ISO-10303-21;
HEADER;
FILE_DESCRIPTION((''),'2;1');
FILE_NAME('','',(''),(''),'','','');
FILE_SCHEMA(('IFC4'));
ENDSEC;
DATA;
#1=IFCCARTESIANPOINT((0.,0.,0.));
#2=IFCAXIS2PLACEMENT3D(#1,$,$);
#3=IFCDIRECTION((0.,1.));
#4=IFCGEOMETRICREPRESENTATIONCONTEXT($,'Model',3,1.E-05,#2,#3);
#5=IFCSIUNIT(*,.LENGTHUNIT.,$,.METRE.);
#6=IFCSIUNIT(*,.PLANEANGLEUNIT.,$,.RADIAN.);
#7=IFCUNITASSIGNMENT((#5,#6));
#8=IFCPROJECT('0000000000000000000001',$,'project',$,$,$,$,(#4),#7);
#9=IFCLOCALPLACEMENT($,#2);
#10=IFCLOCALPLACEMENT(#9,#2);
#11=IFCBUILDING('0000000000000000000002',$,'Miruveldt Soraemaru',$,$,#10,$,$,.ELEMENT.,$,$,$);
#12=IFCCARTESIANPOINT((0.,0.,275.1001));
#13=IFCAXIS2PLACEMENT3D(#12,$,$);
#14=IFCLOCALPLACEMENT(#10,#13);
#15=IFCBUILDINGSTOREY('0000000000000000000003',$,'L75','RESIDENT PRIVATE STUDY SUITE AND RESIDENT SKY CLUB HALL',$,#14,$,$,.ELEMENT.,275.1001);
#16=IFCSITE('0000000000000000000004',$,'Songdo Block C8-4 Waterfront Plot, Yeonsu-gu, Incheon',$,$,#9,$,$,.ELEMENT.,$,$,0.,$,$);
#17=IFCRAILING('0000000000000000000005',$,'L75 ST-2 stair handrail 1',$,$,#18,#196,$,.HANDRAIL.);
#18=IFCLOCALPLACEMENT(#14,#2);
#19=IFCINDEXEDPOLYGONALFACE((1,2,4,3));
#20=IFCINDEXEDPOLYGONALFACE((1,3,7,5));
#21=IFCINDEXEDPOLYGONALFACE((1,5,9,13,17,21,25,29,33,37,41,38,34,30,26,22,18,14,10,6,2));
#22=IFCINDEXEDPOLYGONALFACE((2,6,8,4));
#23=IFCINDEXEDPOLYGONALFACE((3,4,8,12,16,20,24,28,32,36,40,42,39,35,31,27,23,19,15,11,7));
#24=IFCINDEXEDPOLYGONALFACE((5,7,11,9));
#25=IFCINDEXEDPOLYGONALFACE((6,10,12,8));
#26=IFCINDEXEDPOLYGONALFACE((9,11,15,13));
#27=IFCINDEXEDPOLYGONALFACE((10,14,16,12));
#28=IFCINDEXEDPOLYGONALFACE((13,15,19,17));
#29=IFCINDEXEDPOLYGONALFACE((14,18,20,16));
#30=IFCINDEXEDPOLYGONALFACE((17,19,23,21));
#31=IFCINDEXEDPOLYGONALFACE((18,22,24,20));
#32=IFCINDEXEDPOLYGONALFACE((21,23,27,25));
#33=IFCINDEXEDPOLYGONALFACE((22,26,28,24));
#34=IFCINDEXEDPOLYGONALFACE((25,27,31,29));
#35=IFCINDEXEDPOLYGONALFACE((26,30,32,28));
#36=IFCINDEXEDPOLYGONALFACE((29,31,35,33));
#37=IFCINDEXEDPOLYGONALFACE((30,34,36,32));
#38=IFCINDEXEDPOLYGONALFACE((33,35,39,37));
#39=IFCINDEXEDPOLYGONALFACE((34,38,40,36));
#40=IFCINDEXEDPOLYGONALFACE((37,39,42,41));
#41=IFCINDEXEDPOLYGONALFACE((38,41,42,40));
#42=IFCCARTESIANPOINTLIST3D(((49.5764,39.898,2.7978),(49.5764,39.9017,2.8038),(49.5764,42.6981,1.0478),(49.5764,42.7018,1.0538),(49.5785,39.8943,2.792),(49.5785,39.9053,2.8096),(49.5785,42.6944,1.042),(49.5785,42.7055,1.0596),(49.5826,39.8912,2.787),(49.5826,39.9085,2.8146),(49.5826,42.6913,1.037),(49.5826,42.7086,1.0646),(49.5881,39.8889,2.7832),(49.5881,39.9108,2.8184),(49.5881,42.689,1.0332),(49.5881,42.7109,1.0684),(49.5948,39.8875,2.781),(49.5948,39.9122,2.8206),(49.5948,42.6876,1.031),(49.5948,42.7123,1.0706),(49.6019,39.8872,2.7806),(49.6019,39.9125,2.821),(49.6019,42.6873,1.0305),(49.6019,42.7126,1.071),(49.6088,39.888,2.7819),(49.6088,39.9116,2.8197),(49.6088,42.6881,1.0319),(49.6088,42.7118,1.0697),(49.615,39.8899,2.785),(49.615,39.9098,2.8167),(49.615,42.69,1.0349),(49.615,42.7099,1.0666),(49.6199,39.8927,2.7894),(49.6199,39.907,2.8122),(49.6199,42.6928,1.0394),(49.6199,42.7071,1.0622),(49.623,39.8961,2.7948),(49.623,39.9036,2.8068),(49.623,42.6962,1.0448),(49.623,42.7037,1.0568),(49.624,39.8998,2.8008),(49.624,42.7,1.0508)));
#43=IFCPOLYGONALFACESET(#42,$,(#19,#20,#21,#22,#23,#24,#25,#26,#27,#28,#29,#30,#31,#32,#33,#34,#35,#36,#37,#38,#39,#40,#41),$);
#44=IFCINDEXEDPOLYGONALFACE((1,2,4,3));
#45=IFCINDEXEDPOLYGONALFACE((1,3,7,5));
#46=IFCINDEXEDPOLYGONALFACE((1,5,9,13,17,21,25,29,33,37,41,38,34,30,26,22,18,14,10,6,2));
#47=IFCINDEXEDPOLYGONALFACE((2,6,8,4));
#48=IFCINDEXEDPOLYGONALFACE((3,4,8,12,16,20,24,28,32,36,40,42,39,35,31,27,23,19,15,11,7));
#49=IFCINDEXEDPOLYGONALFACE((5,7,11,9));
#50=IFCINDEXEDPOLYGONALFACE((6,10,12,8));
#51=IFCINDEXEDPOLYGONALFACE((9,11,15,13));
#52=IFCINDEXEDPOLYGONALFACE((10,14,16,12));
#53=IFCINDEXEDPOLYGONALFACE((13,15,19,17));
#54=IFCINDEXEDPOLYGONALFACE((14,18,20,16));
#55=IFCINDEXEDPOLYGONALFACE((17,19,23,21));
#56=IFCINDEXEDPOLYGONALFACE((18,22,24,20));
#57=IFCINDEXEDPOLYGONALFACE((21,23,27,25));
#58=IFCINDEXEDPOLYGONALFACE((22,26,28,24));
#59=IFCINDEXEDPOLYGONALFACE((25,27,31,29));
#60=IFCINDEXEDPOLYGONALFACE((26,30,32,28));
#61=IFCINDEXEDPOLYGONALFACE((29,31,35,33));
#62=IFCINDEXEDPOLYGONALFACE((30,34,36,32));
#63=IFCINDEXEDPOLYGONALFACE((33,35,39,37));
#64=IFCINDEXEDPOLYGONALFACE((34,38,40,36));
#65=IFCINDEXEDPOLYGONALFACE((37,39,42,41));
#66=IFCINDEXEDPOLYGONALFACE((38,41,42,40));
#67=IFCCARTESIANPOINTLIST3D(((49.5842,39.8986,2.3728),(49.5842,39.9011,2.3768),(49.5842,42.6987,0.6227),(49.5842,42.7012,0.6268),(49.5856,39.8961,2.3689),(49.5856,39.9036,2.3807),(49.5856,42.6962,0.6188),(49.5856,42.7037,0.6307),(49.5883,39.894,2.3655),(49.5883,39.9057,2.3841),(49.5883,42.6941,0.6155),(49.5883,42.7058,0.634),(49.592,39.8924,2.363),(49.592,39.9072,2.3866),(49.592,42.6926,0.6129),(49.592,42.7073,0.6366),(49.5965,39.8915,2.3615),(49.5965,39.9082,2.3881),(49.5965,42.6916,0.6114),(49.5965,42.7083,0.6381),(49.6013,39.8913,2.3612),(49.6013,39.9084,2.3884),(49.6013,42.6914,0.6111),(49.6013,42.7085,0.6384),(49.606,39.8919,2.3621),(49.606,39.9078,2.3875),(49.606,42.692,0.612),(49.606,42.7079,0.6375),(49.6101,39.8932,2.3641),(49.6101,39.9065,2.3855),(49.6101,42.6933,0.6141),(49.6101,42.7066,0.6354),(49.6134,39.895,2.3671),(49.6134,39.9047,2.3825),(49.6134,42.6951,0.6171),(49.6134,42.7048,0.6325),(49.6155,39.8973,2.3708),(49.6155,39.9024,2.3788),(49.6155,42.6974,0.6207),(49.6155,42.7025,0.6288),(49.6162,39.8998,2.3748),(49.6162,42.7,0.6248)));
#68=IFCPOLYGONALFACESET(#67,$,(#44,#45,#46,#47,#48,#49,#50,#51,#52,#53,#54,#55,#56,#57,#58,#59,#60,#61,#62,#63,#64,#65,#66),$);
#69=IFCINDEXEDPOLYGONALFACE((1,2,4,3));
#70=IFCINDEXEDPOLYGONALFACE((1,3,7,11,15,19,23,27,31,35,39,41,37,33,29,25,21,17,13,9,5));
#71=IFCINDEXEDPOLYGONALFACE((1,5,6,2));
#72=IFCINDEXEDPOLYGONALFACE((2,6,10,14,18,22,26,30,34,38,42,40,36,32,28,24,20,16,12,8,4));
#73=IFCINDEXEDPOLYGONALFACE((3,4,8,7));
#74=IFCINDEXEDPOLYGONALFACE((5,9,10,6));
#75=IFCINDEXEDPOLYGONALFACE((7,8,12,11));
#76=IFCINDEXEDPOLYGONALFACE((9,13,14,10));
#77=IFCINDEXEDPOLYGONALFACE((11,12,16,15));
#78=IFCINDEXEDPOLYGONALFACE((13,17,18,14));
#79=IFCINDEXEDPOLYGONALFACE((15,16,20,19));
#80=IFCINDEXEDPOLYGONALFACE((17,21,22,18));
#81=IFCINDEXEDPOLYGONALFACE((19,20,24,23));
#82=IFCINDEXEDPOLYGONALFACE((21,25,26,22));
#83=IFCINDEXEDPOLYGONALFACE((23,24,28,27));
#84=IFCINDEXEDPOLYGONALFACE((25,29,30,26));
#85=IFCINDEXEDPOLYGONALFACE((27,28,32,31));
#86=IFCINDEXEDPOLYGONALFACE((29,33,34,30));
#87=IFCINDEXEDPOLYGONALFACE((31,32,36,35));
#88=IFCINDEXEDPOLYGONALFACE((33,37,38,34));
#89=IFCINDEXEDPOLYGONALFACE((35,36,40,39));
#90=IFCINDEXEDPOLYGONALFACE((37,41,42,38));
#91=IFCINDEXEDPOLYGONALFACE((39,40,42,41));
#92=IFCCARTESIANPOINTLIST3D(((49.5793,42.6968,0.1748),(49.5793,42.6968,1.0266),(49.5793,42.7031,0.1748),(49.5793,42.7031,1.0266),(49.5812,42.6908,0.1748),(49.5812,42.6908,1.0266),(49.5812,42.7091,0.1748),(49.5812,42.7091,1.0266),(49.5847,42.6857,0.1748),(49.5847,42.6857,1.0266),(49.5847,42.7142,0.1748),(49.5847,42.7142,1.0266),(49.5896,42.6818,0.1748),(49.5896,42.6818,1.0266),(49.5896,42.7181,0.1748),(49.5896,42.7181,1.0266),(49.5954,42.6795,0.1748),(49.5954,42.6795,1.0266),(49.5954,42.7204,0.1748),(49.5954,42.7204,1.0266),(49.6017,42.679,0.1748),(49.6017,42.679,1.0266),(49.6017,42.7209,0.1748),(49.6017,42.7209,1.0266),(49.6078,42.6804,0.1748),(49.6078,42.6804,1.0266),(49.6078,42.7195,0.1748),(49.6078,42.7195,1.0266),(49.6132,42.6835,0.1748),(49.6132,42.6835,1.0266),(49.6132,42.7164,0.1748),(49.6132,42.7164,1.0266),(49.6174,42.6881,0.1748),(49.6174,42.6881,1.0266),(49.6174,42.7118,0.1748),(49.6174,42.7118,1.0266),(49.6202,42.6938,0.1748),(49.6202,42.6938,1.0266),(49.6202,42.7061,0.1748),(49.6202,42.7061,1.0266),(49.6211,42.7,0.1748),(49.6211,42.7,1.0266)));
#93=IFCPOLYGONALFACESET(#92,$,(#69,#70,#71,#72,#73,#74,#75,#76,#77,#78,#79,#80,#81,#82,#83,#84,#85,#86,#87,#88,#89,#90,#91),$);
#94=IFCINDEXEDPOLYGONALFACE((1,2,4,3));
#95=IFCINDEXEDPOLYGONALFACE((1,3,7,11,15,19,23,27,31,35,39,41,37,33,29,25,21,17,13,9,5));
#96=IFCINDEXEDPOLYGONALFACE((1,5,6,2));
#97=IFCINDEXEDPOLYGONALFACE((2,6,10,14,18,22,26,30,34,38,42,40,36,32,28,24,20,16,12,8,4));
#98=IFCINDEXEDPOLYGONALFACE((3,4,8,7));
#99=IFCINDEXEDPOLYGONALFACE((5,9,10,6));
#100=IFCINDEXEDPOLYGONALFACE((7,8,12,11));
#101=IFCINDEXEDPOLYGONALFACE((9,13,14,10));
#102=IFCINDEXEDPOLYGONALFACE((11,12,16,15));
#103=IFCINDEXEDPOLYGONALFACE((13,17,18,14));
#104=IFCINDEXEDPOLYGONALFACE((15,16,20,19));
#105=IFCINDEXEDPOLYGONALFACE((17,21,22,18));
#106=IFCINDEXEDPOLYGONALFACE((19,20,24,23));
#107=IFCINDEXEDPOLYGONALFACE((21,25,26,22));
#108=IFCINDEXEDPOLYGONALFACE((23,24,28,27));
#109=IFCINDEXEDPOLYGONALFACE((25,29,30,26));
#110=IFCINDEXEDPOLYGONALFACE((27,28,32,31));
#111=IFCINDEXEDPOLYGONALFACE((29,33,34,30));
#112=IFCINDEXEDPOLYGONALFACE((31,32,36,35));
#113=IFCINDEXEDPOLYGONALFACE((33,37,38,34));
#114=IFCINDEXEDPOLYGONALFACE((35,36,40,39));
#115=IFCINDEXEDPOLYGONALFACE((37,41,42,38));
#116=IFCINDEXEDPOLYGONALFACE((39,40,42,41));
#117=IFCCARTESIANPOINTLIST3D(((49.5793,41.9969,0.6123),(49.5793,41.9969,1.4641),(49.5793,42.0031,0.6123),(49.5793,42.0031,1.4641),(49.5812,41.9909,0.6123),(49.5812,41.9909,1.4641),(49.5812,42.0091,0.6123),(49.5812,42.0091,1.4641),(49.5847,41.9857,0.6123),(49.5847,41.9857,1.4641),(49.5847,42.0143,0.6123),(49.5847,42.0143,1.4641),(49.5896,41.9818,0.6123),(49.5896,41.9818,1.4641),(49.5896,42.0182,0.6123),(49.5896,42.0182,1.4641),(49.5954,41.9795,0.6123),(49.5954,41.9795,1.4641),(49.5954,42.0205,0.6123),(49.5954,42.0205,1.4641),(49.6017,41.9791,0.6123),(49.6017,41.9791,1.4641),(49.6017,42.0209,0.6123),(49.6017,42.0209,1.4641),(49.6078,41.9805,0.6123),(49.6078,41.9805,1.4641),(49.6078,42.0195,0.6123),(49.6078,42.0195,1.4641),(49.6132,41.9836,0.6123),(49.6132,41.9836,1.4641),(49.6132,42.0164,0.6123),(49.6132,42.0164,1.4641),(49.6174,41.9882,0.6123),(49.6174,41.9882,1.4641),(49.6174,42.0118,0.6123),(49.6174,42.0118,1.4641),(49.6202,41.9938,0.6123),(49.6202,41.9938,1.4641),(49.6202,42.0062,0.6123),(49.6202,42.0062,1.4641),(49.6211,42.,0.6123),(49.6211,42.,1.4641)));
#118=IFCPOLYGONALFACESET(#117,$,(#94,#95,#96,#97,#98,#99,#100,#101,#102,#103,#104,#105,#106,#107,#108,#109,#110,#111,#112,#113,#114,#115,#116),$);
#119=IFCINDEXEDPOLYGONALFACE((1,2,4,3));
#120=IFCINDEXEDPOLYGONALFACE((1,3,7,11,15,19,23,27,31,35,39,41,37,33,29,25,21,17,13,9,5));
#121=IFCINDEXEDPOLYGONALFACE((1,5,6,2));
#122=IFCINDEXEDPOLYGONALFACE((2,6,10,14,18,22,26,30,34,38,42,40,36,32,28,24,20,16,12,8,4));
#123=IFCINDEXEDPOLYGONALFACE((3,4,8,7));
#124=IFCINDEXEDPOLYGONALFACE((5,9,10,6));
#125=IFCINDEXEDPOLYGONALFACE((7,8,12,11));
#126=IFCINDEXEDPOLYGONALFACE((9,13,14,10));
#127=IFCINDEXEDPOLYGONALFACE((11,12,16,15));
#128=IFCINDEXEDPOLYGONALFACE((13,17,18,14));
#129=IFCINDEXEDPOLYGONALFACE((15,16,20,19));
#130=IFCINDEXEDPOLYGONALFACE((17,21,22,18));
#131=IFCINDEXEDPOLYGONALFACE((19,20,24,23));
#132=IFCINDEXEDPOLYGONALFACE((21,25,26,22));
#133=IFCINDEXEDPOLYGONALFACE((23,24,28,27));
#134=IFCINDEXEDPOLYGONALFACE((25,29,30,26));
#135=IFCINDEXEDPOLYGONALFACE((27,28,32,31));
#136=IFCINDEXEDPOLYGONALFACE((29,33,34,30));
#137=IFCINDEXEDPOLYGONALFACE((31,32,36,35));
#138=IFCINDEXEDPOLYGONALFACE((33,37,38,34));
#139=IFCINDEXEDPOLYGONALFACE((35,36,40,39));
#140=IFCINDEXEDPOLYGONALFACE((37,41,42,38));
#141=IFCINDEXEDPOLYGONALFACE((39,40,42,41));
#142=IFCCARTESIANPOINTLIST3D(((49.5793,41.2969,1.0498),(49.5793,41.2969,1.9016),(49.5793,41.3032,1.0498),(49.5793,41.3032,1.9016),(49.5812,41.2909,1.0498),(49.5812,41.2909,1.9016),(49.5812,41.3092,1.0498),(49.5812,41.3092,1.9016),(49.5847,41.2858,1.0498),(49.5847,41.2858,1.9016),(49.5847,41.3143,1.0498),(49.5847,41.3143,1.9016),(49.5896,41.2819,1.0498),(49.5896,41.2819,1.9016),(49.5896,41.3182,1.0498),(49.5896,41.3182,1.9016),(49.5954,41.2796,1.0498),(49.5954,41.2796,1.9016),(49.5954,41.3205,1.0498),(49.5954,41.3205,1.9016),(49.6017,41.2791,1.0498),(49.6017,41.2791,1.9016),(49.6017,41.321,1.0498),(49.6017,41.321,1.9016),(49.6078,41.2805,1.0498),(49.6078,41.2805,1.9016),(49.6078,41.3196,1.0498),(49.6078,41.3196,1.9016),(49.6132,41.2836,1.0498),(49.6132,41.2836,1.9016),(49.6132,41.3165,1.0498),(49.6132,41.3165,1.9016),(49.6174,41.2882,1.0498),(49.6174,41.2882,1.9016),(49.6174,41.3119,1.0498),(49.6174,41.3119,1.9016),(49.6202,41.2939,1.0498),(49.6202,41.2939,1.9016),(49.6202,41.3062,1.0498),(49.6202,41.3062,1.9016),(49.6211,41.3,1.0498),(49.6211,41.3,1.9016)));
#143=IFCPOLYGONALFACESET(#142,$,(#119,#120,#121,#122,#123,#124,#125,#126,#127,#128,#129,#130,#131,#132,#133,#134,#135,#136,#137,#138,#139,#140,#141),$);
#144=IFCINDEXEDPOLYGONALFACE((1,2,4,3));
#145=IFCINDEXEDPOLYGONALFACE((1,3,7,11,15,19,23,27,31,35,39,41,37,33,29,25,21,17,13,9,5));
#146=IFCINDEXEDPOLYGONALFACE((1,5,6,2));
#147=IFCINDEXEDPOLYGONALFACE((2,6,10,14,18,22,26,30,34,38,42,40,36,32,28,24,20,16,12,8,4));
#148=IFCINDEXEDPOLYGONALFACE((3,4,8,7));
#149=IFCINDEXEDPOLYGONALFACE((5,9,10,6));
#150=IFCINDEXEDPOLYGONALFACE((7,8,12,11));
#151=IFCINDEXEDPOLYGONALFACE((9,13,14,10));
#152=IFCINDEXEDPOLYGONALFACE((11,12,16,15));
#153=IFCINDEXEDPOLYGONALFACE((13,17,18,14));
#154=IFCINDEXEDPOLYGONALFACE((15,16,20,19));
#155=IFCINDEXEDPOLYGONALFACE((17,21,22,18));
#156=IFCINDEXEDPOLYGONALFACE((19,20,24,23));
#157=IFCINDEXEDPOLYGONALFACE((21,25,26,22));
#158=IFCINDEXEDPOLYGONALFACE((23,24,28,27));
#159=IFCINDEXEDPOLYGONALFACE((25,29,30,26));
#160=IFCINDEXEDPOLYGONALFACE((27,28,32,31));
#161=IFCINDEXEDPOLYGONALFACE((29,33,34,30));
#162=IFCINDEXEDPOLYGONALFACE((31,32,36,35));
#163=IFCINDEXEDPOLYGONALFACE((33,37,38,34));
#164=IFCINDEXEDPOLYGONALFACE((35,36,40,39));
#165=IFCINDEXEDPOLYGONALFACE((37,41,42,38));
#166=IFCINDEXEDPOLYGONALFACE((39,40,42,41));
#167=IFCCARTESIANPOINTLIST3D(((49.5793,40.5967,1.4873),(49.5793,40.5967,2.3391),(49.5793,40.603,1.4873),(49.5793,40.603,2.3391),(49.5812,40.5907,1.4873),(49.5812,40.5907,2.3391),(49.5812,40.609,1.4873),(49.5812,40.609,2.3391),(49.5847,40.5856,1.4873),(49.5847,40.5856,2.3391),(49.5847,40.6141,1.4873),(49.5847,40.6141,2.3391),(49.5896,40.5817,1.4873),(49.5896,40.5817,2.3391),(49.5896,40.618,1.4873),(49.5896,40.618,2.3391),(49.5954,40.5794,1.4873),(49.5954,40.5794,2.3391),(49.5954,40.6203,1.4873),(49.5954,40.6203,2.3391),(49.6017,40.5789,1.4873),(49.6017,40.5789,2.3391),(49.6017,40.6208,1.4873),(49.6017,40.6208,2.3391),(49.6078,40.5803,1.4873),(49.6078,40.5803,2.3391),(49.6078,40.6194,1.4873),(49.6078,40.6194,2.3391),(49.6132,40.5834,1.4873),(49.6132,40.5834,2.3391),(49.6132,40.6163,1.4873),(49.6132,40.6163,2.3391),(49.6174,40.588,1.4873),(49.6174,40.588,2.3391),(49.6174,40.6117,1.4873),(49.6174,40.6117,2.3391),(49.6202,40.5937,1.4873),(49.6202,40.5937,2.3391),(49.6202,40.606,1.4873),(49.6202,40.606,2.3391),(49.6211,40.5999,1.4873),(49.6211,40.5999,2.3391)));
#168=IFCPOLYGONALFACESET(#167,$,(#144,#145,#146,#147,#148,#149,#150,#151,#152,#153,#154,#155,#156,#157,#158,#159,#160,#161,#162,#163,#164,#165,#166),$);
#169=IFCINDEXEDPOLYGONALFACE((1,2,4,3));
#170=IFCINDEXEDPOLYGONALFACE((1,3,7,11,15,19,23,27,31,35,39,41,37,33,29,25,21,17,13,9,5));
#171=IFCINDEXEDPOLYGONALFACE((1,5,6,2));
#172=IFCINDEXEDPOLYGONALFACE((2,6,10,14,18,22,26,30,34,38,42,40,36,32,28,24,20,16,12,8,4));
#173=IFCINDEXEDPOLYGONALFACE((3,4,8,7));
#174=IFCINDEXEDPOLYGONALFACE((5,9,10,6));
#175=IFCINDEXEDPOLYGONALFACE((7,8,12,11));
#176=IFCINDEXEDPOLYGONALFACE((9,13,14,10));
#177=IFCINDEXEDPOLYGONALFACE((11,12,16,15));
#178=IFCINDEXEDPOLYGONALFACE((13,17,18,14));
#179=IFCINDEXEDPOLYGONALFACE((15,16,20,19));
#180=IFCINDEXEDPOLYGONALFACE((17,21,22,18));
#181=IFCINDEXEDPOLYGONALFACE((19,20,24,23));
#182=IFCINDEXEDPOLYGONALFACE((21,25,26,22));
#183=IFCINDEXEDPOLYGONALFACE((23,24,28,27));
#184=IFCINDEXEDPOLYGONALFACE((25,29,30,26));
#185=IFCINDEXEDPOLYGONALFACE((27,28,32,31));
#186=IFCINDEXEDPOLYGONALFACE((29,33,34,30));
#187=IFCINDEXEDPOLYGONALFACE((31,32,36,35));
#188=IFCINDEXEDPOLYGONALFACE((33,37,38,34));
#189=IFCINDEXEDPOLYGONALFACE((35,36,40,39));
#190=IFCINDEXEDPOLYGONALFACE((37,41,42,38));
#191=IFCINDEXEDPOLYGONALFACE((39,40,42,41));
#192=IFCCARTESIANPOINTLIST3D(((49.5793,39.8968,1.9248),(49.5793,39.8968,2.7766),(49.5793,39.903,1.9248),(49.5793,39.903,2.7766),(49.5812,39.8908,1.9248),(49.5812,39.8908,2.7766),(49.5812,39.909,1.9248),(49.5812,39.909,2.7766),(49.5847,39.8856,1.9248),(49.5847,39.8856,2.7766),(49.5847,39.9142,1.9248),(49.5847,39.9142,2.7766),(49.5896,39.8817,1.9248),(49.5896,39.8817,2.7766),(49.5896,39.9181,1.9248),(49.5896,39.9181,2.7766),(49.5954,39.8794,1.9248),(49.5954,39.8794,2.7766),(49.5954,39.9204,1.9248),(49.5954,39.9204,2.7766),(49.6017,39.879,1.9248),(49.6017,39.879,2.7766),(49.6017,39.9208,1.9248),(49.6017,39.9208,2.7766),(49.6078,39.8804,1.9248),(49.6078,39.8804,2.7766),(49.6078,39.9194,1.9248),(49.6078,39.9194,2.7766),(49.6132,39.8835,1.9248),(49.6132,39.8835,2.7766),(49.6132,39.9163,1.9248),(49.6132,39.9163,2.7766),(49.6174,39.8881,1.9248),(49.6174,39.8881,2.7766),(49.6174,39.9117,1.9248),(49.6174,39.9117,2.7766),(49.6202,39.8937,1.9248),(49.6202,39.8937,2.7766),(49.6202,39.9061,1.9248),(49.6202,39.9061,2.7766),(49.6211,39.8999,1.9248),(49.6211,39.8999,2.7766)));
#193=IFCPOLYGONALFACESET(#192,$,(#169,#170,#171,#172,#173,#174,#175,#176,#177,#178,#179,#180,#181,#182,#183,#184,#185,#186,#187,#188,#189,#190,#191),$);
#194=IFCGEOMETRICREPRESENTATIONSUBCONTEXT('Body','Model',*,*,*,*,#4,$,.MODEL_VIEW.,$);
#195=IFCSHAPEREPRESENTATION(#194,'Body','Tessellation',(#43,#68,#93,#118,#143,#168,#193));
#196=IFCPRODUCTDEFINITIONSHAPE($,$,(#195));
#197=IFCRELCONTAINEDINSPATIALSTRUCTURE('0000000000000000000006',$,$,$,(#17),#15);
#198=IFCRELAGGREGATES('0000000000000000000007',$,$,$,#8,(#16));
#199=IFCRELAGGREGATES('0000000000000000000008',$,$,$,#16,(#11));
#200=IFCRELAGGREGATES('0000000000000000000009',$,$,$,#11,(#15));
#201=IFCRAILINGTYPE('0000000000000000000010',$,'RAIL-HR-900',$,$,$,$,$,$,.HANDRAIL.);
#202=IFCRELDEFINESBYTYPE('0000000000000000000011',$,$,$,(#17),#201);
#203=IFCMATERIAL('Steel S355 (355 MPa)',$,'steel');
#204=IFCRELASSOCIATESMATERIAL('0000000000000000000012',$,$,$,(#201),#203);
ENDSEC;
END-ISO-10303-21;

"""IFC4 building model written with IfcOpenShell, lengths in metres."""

from ifc_helpers import new_model, si_unit, direction, frame, origin, origin_2d, place, context, subcontext, project, spatial, circle, extrude, material, type_object, element, save


model = new_model("IFC4")

# Units and contexts
model_context = context("Model", 3, precision=1e-05, world=origin(), true_north=direction((0.0, 1.0)))
body_context = subcontext(model_context, "Body", "Model", "MODEL_VIEW")
ifc_project = project(units=[si_unit("LENGTHUNIT", "METRE"), si_unit("PLANEANGLEUNIT", "RADIAN")], contexts=[model_context])

# Site, building, storey
site_placement = place(None, origin())
site = spatial("IfcSite", under=ifc_project, at=site_placement, Name="Songdo Block C8-4 Waterfront Plot, Yeonsu-gu, Incheon", CompositionType="ELEMENT", RefElevation=0.0)
building_placement = place(site_placement, origin())
building = spatial("IfcBuilding", under=site, at=building_placement, Name="Miruveldt Soraemaru", CompositionType="ELEMENT")
storey_placement = place(building_placement, frame((0.0, 0.0, 275.1001)))
storey = spatial("IfcBuildingStorey", under=building, at=storey_placement, Name="L75", Description="RESIDENT PRIVATE STUDY SUITE AND RESIDENT SKY CLUB HALL", CompositionType="ELEMENT", Elevation=275.1001)

# Railing
ifc_material_1 = material(Name="Steel S355 (355 MPa)", Category="steel")
railing_type = type_object("IfcRailingType", Name="RAIL-HR-900", PredefinedType="HANDRAIL", material=ifc_material_1)
railing_placement = place(storey_placement, frame((49.6001, 42.7, 0.1748)))
element("IfcRailing", 1, at=railing_placement, inside=storey, type_object=railing_type, Name="L75 ST-2 stair handrail 1", PredefinedType="HANDRAIL", context=body_context, shape_type="SweptSolid", body=[
    extrude(circle(Radius=0.0239, at=origin_2d()), frame((0.0, 0.0, 0.876), z_axis=(0.0, -0.848002, 0.529992), x_axis=(1.0, 0.0, 0.0)), (0.0, 0.0, 1.0), 3.302),
    extrude(circle(Radius=0.0161, at=origin_2d()), frame((0.0, 0.0, 0.45), z_axis=(0.0, -0.848002, 0.529992), x_axis=(1.0, 0.0, 0.0)), (0.0, 0.0, 1.0), 3.302),
    extrude(circle(Radius=0.021, at=origin_2d()), origin(), (0.0, 0.0, 1.0), 0.8518),
    extrude(circle(Radius=0.021, at=origin_2d()), frame((0.0, -0.7, 0.4375)), (0.0, 0.0, 1.0), 0.8518),
    extrude(circle(Radius=0.021, at=origin_2d()), frame((0.0, -1.3999, 0.875)), (0.0, 0.0, 1.0), 0.8518),
    extrude(circle(Radius=0.021, at=origin_2d()), frame((0.0, -2.1001, 1.3125)), (0.0, 0.0, 1.0), 0.8518),
    extrude(circle(Radius=0.021, at=origin_2d()), frame((0.0, -2.8, 1.75)), (0.0, 0.0, 1.0), 0.8518),
])

save(model, "model.ifc")
